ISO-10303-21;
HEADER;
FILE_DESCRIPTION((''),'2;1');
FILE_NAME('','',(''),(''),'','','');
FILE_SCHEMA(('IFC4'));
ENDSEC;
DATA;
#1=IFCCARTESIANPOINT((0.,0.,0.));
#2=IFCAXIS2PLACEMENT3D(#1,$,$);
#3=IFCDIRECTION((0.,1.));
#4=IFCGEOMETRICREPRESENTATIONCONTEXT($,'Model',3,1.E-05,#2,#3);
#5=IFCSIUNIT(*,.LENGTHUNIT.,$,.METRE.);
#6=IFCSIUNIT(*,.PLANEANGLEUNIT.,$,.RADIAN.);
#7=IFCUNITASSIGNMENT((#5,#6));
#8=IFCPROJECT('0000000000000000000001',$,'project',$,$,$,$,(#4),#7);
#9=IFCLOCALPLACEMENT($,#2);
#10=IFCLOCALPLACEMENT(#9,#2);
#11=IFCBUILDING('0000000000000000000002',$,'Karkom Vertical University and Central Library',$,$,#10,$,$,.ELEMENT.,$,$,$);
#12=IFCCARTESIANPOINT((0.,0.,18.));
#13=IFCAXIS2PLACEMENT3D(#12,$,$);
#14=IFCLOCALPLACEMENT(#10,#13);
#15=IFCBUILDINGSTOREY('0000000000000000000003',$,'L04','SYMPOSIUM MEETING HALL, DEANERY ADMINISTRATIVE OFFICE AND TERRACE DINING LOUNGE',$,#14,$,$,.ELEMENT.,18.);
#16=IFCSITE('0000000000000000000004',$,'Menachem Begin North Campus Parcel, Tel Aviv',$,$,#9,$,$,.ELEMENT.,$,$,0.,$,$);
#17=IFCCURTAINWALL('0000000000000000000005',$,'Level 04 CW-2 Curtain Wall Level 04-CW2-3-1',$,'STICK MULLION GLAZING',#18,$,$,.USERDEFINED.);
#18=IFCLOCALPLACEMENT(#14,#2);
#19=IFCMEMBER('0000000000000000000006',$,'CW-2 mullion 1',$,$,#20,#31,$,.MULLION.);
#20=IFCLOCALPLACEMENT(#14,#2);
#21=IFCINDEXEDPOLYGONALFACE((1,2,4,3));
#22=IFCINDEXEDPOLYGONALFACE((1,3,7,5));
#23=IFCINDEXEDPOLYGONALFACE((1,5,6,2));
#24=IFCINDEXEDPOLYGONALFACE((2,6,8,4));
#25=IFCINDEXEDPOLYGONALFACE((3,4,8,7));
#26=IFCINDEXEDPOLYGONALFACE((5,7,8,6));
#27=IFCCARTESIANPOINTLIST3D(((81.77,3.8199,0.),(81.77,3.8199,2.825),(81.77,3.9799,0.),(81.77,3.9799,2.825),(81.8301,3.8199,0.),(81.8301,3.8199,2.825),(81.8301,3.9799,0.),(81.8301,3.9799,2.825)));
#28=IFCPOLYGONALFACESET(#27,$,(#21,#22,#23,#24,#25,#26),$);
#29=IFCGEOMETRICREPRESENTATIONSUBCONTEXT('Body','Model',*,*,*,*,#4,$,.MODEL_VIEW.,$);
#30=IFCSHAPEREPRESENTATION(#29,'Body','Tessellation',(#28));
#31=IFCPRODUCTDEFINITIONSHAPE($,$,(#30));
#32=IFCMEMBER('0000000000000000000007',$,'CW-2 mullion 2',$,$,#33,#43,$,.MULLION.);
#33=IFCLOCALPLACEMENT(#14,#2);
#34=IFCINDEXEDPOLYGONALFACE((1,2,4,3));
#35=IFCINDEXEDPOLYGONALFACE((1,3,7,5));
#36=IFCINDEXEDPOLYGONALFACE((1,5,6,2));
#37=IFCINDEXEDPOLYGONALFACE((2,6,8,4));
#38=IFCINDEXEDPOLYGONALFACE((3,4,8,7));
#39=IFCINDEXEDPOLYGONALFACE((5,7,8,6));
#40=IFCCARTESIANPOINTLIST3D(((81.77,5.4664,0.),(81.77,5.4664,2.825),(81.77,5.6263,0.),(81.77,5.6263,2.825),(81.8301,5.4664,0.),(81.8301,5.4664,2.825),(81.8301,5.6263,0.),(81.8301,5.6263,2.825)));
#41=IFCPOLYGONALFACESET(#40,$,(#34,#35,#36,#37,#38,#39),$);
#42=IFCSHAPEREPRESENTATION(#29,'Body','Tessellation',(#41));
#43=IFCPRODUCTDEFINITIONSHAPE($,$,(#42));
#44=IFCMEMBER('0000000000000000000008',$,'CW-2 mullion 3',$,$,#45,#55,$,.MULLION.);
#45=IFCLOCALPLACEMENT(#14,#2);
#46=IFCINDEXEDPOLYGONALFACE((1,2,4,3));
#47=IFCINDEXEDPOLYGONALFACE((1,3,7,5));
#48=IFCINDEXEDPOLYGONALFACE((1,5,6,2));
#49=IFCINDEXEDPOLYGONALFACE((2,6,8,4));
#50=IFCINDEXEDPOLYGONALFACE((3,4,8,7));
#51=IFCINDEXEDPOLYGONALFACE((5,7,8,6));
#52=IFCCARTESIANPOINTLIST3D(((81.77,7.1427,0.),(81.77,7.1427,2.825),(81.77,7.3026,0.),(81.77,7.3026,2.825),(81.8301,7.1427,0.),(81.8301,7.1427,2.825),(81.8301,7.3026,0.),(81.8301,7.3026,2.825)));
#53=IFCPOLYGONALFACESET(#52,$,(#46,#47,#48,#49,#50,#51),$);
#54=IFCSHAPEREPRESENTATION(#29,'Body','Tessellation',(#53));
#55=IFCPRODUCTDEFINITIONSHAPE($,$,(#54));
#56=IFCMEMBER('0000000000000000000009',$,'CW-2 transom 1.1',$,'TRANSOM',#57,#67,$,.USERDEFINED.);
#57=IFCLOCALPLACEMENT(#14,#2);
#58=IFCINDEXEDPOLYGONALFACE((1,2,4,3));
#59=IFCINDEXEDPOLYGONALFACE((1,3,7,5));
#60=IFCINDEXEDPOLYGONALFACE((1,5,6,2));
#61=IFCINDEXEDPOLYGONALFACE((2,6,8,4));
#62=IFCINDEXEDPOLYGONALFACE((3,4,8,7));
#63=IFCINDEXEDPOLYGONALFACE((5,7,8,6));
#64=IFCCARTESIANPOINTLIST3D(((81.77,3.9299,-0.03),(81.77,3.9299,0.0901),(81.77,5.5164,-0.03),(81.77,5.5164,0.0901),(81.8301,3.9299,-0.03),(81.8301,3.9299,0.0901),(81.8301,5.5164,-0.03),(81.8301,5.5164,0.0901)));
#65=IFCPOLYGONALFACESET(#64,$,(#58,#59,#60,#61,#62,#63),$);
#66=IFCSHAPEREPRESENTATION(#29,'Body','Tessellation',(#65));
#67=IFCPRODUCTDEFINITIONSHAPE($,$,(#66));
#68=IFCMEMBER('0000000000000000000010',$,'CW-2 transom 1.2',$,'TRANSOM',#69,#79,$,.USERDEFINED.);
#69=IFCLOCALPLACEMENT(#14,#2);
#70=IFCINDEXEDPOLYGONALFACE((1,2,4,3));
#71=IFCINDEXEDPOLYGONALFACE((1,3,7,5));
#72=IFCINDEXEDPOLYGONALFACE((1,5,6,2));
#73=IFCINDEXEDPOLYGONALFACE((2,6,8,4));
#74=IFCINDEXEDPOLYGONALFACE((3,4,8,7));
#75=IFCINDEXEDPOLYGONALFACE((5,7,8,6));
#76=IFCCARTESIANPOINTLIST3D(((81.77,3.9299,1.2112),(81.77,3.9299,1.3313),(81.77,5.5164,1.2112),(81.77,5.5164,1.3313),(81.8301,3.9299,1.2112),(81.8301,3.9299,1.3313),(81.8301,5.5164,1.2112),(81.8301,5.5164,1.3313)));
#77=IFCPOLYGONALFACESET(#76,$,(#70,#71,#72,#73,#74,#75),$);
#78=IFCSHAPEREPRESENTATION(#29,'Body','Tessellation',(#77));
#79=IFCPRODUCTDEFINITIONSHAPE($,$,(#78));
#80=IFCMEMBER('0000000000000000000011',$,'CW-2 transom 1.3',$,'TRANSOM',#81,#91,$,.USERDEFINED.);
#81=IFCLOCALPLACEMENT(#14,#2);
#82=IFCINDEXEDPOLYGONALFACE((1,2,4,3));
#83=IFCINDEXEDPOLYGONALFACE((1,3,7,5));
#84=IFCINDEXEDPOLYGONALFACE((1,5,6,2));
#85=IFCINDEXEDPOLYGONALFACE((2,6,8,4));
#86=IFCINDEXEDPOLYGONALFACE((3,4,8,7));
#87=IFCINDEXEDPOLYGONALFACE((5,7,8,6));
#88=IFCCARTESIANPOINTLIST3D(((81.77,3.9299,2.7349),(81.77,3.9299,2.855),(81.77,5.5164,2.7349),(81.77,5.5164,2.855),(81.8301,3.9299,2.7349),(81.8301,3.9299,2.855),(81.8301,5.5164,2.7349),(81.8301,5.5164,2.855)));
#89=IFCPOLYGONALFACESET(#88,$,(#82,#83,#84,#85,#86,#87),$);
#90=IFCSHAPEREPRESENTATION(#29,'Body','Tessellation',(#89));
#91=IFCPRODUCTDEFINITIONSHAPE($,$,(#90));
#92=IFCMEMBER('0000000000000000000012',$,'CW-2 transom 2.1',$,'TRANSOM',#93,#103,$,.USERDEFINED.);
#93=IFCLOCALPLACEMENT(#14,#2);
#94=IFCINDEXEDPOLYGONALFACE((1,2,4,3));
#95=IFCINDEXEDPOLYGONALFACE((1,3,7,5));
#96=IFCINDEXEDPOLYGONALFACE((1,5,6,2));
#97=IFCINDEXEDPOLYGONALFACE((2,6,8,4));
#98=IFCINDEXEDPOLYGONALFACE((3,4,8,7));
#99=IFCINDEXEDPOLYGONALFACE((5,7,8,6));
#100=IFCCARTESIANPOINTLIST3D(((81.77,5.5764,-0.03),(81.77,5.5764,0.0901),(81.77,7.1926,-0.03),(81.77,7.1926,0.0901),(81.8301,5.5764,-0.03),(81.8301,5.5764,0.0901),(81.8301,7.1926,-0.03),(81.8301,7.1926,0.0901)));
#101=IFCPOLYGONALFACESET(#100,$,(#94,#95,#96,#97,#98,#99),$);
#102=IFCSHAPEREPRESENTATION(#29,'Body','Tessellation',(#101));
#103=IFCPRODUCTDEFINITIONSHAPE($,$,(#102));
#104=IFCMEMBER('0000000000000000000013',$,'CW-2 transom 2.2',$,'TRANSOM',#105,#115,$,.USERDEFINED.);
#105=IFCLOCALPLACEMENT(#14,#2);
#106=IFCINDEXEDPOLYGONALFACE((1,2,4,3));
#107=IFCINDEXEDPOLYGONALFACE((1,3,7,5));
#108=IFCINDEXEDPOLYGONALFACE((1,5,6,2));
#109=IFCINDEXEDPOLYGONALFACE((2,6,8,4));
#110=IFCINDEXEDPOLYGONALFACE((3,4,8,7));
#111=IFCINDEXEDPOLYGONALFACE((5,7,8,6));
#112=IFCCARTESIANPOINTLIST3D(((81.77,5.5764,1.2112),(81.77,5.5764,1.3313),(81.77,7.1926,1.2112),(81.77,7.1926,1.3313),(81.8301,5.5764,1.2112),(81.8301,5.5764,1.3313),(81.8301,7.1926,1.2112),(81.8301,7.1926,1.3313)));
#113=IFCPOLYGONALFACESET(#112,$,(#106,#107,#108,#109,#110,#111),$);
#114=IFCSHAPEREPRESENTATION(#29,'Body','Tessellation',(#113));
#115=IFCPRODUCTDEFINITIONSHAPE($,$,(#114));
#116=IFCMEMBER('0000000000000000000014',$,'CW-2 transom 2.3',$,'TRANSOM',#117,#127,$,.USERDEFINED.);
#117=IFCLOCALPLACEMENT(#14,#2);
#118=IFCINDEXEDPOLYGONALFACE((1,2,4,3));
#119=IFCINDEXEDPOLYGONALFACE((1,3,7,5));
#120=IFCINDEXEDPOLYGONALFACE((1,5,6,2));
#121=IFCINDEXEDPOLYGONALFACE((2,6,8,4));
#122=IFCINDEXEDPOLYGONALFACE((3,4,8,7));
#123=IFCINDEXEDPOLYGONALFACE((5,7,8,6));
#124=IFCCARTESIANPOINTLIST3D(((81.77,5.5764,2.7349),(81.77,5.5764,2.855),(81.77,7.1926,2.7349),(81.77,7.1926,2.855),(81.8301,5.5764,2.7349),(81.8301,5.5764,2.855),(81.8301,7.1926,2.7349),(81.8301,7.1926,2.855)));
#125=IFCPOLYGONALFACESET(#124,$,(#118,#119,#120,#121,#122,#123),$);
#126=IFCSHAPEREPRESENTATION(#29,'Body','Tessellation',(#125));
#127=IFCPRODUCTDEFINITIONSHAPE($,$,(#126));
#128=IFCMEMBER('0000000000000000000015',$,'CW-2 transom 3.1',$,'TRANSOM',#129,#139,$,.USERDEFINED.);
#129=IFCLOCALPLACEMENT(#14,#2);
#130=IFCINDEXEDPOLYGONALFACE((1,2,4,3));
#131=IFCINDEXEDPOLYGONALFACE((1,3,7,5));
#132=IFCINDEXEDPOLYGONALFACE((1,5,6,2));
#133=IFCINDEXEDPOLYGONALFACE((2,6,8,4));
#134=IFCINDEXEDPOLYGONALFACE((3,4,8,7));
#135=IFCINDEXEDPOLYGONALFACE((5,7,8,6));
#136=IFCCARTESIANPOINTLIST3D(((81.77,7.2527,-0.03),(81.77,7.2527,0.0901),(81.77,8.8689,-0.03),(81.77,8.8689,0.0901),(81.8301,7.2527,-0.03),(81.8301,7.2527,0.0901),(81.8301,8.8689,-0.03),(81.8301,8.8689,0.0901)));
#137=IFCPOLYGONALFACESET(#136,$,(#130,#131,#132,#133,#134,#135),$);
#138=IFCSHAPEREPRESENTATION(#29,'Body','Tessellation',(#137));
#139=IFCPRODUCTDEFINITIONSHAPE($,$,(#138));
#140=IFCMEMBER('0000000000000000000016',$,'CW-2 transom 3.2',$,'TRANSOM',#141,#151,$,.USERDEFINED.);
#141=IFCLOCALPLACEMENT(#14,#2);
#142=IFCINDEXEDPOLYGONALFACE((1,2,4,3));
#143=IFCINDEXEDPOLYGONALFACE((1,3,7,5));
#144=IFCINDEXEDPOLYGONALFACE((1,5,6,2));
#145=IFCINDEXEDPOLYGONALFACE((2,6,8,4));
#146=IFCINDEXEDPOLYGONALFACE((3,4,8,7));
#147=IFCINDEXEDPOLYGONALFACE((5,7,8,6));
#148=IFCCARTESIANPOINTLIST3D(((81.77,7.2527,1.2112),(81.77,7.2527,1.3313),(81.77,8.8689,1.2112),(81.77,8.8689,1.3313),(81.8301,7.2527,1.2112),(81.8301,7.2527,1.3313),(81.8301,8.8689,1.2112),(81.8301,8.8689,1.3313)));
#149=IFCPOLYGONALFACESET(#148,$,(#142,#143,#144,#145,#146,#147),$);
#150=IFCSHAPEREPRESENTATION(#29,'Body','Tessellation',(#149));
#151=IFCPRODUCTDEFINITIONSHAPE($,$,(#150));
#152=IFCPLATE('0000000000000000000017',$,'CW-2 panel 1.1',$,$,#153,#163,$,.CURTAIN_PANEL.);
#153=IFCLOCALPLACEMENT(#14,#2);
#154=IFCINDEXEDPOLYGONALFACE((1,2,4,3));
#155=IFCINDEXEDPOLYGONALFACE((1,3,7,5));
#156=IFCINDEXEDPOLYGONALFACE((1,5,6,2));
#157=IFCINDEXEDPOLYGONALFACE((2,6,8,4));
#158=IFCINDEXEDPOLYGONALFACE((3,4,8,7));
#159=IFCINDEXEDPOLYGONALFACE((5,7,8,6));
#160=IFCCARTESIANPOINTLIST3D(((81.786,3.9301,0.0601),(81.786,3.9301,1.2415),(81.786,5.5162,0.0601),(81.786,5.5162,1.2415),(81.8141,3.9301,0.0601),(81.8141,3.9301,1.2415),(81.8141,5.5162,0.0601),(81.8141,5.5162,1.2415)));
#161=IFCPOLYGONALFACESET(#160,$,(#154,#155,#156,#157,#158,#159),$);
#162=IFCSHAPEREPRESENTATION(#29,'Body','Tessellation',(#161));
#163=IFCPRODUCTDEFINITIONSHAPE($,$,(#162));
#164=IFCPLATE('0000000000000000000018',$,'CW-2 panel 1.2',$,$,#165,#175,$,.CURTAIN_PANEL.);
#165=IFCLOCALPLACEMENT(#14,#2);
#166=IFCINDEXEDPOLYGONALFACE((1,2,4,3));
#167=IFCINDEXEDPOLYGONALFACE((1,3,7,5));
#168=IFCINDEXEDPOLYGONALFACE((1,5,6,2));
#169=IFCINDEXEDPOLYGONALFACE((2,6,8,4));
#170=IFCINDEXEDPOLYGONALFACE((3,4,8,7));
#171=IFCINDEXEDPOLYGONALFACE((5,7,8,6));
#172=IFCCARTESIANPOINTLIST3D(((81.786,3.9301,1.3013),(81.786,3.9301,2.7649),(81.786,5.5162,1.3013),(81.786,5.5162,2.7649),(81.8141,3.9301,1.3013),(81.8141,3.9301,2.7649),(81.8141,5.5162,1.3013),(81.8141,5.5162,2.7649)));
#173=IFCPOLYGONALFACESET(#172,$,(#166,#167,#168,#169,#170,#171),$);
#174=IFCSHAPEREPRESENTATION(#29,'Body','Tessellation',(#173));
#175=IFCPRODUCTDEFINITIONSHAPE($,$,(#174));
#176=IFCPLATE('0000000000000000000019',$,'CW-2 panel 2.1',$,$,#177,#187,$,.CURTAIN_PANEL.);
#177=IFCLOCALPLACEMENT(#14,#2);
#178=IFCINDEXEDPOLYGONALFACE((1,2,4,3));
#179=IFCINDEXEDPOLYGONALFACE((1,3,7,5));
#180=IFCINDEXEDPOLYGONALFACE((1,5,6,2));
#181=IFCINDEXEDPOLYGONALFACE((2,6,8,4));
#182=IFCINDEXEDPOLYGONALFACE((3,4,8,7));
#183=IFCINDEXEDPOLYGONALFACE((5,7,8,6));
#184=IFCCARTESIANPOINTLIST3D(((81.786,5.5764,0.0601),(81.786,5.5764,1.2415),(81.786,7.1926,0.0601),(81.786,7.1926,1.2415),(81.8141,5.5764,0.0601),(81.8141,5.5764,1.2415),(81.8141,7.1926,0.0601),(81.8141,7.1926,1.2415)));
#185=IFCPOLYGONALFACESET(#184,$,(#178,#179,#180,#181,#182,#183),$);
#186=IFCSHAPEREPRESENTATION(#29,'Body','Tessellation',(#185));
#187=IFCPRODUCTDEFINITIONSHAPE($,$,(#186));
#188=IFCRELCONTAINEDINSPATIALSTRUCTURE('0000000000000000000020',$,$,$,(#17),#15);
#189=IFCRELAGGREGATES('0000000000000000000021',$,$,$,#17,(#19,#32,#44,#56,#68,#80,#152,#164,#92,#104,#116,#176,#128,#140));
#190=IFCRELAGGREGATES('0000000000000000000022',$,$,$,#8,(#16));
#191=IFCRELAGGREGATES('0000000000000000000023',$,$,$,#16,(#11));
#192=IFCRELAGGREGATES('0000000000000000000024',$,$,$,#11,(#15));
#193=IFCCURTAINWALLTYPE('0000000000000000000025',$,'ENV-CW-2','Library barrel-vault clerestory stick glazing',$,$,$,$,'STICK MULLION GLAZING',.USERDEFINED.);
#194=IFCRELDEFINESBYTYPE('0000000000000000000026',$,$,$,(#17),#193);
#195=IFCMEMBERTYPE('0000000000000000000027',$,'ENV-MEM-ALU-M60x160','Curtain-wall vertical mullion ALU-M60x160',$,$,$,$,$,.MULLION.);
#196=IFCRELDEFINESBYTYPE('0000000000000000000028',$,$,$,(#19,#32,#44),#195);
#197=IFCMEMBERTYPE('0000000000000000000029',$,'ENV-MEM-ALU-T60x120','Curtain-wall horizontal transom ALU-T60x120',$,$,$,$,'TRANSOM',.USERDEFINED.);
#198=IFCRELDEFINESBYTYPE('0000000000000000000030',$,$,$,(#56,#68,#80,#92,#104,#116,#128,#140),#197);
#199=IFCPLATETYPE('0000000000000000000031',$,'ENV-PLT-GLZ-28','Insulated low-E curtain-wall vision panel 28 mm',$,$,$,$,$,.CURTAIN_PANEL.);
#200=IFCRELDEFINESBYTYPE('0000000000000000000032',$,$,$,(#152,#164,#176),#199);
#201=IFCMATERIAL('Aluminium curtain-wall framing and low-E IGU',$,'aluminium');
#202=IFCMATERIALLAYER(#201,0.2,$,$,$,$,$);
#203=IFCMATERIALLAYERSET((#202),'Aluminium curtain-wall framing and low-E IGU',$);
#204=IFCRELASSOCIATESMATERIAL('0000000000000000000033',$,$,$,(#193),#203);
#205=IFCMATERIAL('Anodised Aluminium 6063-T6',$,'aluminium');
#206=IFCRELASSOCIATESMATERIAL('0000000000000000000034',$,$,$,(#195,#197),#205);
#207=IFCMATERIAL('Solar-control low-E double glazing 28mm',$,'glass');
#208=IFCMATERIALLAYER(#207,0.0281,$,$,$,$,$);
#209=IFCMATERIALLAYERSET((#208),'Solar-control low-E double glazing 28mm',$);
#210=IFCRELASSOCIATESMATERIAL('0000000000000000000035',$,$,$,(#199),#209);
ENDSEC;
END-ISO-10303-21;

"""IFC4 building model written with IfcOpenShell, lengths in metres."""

from ifc_helpers import new_model, si_unit, direction, frame, origin, origin_with_axes, origin_2d, place, context, subcontext, project, spatial, rectangle, extrude, source, transform, mapped, material, layer, layer_set, material_profile, profile_set, type_object, element, aggregate, save


model = new_model("IFC4")

# Units and contexts
model_context = context("Model", 3, precision=1e-05, world=origin(), true_north=direction((0.0, 1.0)))
body_context = subcontext(model_context, "Body", "Model", "MODEL_VIEW")
ifc_project = project(units=[si_unit("LENGTHUNIT", "METRE"), si_unit("PLANEANGLEUNIT", "RADIAN")], contexts=[model_context])

# Site, building, storey
site_placement = place(None, origin())
site = spatial("IfcSite", under=ifc_project, at=site_placement, Name="Menachem Begin North Campus Parcel, Tel Aviv", CompositionType="ELEMENT", RefElevation=0.0)
building_placement = place(site_placement, origin())
building = spatial("IfcBuilding", under=site, at=building_placement, Name="Karkom Vertical University and Central Library", CompositionType="ELEMENT")
storey_placement = place(building_placement, frame((0.0, 0.0, 18.0)))
storey = spatial("IfcBuildingStorey", under=building, at=storey_placement, Name="L04", Description="SYMPOSIUM MEETING HALL, DEANERY ADMINISTRATIVE OFFICE AND TERRACE DINING LOUNGE", CompositionType="ELEMENT", Elevation=18.0)

# Curtain wall, members, plates
ifc_material_1 = material(Name="Aluminium curtain-wall framing and low-E IGU", Category="aluminium")
ifc_layer_1 = layer(ifc_material_1, 0.2)
ifc_layer_set_1 = layer_set([ifc_layer_1], Name="Aluminium curtain-wall framing and low-E IGU")
curtain_wall_type = type_object("IfcCurtainWallType", Name="ENV-CW-2", Description="Library barrel-vault clerestory stick glazing", ElementType="STICK MULLION GLAZING", PredefinedType="USERDEFINED", material=ifc_layer_set_1)
curtain_wall_placement = place(storey_placement, origin())
curtain_wall = element("IfcCurtainWall", 1, at=curtain_wall_placement, inside=storey, type_object=curtain_wall_type, Name="Level 04 CW-2 Curtain Wall Level 04-CW2-3-1", ObjectType="STICK MULLION GLAZING", PredefinedType="USERDEFINED")
ifc_material_2 = material(Name="Anodised Aluminium 6063-T6", Category="aluminium")
ifc_material_profile_1 = material_profile(ifc_material_2, rectangle(XDim=0.0601, YDim=0.1599, at=origin_2d()), Name="ALU-M60x160")
ifc_profile_set_1 = profile_set([ifc_material_profile_1], Name="Anodised Aluminium 6063-T6")
member_type_1 = type_object("IfcMemberType", Name="ENV-MEM-ALU-M60x160", Description="Curtain-wall vertical mullion ALU-M60x160", PredefinedType="MULLION", material=ifc_profile_set_1)
shared_shape_1 = source(origin_with_axes(), body_context, "Body", "SweptSolid", [
    extrude(rectangle(XDim=0.0601, YDim=0.1599, at=origin_2d()), origin(), (0.0, 0.0, 1.0), 2.825),
])
member_1_placement = place(storey_placement, frame((81.8, 3.8999, 0.0), z_axis=(0.0, 0.0, 1.0), x_axis=(-1.0, 0.0, 0.0)))
member_1 = element("IfcMember", 2, at=member_1_placement, type_object=member_type_1, Name="CW-2 mullion 1", PredefinedType="MULLION", context=body_context, shape_type="MappedRepresentation", body=[
    mapped(shared_shape_1, transform((0.0, 0.0, 0.0), scale=1.0)),
])
member_2_placement = place(storey_placement, frame((81.8, 5.5464, 0.0), z_axis=(0.0, 0.0, 1.0), x_axis=(-1.0, 0.0, 0.0)))
member_2 = element("IfcMember", 3, at=member_2_placement, type_object=member_type_1, Name="CW-2 mullion 2", PredefinedType="MULLION", context=body_context, shape_type="MappedRepresentation", body=[
    mapped(shared_shape_1, transform((0.0, 0.0, 0.0), scale=1.0)),
])
member_3_placement = place(storey_placement, frame((81.8, 7.2227, 0.0), z_axis=(0.0, 0.0, 1.0), x_axis=(-1.0, 0.0, 0.0)))
member_3 = element("IfcMember", 4, at=member_3_placement, type_object=member_type_1, Name="CW-2 mullion 3", PredefinedType="MULLION", context=body_context, shape_type="MappedRepresentation", body=[
    mapped(shared_shape_1, transform((0.0, 0.0, 0.0), scale=1.0)),
])
ifc_material_profile_2 = material_profile(ifc_material_2, rectangle(XDim=0.0601, YDim=0.1201, at=origin_2d()), Name="ALU-T60x120")
ifc_profile_set_2 = profile_set([ifc_material_profile_2], Name="Anodised Aluminium 6063-T6")
member_type_2 = type_object("IfcMemberType", Name="ENV-MEM-ALU-T60x120", Description="Curtain-wall horizontal transom ALU-T60x120", ElementType="TRANSOM", PredefinedType="USERDEFINED", material=ifc_profile_set_2)
shared_shape_2 = source(origin_with_axes(), body_context, "Body", "SweptSolid", [
    extrude(rectangle(XDim=0.0601, YDim=0.1201, at=origin_2d()), origin(), (0.0, 0.0, 1.0), 1.5864),
])
member_4_placement = place(storey_placement, frame((81.8, 3.9299, 0.03), z_axis=(0.0, 1.0, 0.0), x_axis=(-1.0, 0.0, 0.0)))
member_4 = element("IfcMember", 5, at=member_4_placement, type_object=member_type_2, Name="CW-2 transom 1.1", ObjectType="TRANSOM", PredefinedType="USERDEFINED", context=body_context, shape_type="MappedRepresentation", body=[
    mapped(shared_shape_2, transform((0.0, 0.0, 0.0), scale=1.0)),
])
member_5_placement = place(storey_placement, frame((81.8, 3.9299, 1.2712), z_axis=(0.0, 1.0, 0.0), x_axis=(-1.0, 0.0, 0.0)))
member_5 = element("IfcMember", 6, at=member_5_placement, type_object=member_type_2, Name="CW-2 transom 1.2", ObjectType="TRANSOM", PredefinedType="USERDEFINED", context=body_context, shape_type="MappedRepresentation", body=[
    mapped(shared_shape_2, transform((0.0, 0.0, 0.0), scale=1.0)),
])
member_6_placement = place(storey_placement, frame((81.8, 3.9299, 2.7949), z_axis=(0.0, 1.0, 0.0), x_axis=(-1.0, 0.0, 0.0)))
member_6 = element("IfcMember", 7, at=member_6_placement, type_object=member_type_2, Name="CW-2 transom 1.3", ObjectType="TRANSOM", PredefinedType="USERDEFINED", context=body_context, shape_type="MappedRepresentation", body=[
    mapped(shared_shape_2, transform((0.0, 0.0, 0.0), scale=1.0)),
])
shared_shape_3 = source(origin_with_axes(), body_context, "Body", "SweptSolid", [
    extrude(rectangle(XDim=0.0601, YDim=0.1201, at=origin_2d()), origin(), (0.0, 0.0, 1.0), 1.6162),
])
member_7_placement = place(storey_placement, frame((81.8, 5.5764, 0.03), z_axis=(0.0, 1.0, 0.0), x_axis=(-1.0, 0.0, 0.0)))
member_7 = element("IfcMember", 8, at=member_7_placement, type_object=member_type_2, Name="CW-2 transom 2.1", ObjectType="TRANSOM", PredefinedType="USERDEFINED", context=body_context, shape_type="MappedRepresentation", body=[
    mapped(shared_shape_3, transform((0.0, 0.0, 0.0), scale=1.0)),
])
member_8_placement = place(storey_placement, frame((81.8, 5.5764, 1.2712), z_axis=(0.0, 1.0, 0.0), x_axis=(-1.0, 0.0, 0.0)))
member_8 = element("IfcMember", 9, at=member_8_placement, type_object=member_type_2, Name="CW-2 transom 2.2", ObjectType="TRANSOM", PredefinedType="USERDEFINED", context=body_context, shape_type="MappedRepresentation", body=[
    mapped(shared_shape_3, transform((0.0, 0.0, 0.0), scale=1.0)),
])
member_9_placement = place(storey_placement, frame((81.8, 5.5764, 2.7949), z_axis=(0.0, 1.0, 0.0), x_axis=(-1.0, 0.0, 0.0)))
member_9 = element("IfcMember", 10, at=member_9_placement, type_object=member_type_2, Name="CW-2 transom 2.3", ObjectType="TRANSOM", PredefinedType="USERDEFINED", context=body_context, shape_type="MappedRepresentation", body=[
    mapped(shared_shape_3, transform((0.0, 0.0, 0.0), scale=1.0)),
])
member_10_placement = place(storey_placement, frame((81.8, 7.2527, 0.03), z_axis=(0.0, 1.0, 0.0), x_axis=(-1.0, 0.0, 0.0)))
member_10 = element("IfcMember", 11, at=member_10_placement, type_object=member_type_2, Name="CW-2 transom 3.1", ObjectType="TRANSOM", PredefinedType="USERDEFINED", context=body_context, shape_type="MappedRepresentation", body=[
    mapped(shared_shape_3, transform((0.0, 0.0, 0.0), scale=1.0)),
])
member_11_placement = place(storey_placement, frame((81.8, 7.2527, 1.2712), z_axis=(0.0, 1.0, 0.0), x_axis=(-1.0, 0.0, 0.0)))
member_11 = element("IfcMember", 12, at=member_11_placement, type_object=member_type_2, Name="CW-2 transom 3.2", ObjectType="TRANSOM", PredefinedType="USERDEFINED", context=body_context, shape_type="MappedRepresentation", body=[
    mapped(shared_shape_3, transform((0.0, 0.0, 0.0), scale=1.0)),
])
ifc_material_3 = material(Name="Solar-control low-E double glazing 28mm", Category="glass")
ifc_layer_2 = layer(ifc_material_3, 0.0281)
ifc_layer_set_2 = layer_set([ifc_layer_2], Name="Solar-control low-E double glazing 28mm")
plate_type = type_object("IfcPlateType", Name="ENV-PLT-GLZ-28", Description="Insulated low-E curtain-wall vision panel 28 mm", PredefinedType="CURTAIN_PANEL", material=ifc_layer_set_2)
shared_shape_4 = source(origin_with_axes(), body_context, "Body", "SweptSolid", [
    extrude(rectangle(XDim=1.5862, YDim=0.0281, at=origin_2d()), origin(), (0.0, 0.0, 1.0), 1.1814),
])
plate_1_placement = place(storey_placement, frame((81.8, 4.7231, 0.0601), z_axis=(0.0, 0.0, 1.0), x_axis=(0.0, 1.0, 0.0)))
plate_1 = element("IfcPlate", 13, at=plate_1_placement, type_object=plate_type, Name="CW-2 panel 1.1", PredefinedType="CURTAIN_PANEL", context=body_context, shape_type="MappedRepresentation", body=[
    mapped(shared_shape_4, transform((0.0, 0.0, 0.0), scale=1.0)),
])
shared_shape_5 = source(origin_with_axes(), body_context, "Body", "SweptSolid", [
    extrude(rectangle(XDim=1.5862, YDim=0.0281, at=origin_2d()), origin(), (0.0, 0.0, 1.0), 1.4636),
])
plate_2_placement = place(storey_placement, frame((81.8, 4.7231, 1.3013), z_axis=(0.0, 0.0, 1.0), x_axis=(0.0, 1.0, 0.0)))
plate_2 = element("IfcPlate", 14, at=plate_2_placement, type_object=plate_type, Name="CW-2 panel 1.2", PredefinedType="CURTAIN_PANEL", context=body_context, shape_type="MappedRepresentation", body=[
    mapped(shared_shape_5, transform((0.0, 0.0, 0.0), scale=1.0)),
])
shared_shape_6 = source(origin_with_axes(), body_context, "Body", "SweptSolid", [
    extrude(rectangle(XDim=1.6162, YDim=0.0281, at=origin_2d()), origin(), (0.0, 0.0, 1.0), 1.1814),
])
plate_3_placement = place(storey_placement, frame((81.8, 6.3845, 0.0601), z_axis=(0.0, 0.0, 1.0), x_axis=(0.0, 1.0, 0.0)))
plate_3 = element("IfcPlate", 15, at=plate_3_placement, type_object=plate_type, Name="CW-2 panel 2.1", PredefinedType="CURTAIN_PANEL", context=body_context, shape_type="MappedRepresentation", body=[
    mapped(shared_shape_6, transform((0.0, 0.0, 0.0), scale=1.0)),
])
aggregate(curtain_wall, [member_1, member_2, member_3, member_4, member_5, member_6, plate_1, plate_2, member_7, member_8, member_9, plate_3, member_10, member_11])

save(model, "model.ifc")
